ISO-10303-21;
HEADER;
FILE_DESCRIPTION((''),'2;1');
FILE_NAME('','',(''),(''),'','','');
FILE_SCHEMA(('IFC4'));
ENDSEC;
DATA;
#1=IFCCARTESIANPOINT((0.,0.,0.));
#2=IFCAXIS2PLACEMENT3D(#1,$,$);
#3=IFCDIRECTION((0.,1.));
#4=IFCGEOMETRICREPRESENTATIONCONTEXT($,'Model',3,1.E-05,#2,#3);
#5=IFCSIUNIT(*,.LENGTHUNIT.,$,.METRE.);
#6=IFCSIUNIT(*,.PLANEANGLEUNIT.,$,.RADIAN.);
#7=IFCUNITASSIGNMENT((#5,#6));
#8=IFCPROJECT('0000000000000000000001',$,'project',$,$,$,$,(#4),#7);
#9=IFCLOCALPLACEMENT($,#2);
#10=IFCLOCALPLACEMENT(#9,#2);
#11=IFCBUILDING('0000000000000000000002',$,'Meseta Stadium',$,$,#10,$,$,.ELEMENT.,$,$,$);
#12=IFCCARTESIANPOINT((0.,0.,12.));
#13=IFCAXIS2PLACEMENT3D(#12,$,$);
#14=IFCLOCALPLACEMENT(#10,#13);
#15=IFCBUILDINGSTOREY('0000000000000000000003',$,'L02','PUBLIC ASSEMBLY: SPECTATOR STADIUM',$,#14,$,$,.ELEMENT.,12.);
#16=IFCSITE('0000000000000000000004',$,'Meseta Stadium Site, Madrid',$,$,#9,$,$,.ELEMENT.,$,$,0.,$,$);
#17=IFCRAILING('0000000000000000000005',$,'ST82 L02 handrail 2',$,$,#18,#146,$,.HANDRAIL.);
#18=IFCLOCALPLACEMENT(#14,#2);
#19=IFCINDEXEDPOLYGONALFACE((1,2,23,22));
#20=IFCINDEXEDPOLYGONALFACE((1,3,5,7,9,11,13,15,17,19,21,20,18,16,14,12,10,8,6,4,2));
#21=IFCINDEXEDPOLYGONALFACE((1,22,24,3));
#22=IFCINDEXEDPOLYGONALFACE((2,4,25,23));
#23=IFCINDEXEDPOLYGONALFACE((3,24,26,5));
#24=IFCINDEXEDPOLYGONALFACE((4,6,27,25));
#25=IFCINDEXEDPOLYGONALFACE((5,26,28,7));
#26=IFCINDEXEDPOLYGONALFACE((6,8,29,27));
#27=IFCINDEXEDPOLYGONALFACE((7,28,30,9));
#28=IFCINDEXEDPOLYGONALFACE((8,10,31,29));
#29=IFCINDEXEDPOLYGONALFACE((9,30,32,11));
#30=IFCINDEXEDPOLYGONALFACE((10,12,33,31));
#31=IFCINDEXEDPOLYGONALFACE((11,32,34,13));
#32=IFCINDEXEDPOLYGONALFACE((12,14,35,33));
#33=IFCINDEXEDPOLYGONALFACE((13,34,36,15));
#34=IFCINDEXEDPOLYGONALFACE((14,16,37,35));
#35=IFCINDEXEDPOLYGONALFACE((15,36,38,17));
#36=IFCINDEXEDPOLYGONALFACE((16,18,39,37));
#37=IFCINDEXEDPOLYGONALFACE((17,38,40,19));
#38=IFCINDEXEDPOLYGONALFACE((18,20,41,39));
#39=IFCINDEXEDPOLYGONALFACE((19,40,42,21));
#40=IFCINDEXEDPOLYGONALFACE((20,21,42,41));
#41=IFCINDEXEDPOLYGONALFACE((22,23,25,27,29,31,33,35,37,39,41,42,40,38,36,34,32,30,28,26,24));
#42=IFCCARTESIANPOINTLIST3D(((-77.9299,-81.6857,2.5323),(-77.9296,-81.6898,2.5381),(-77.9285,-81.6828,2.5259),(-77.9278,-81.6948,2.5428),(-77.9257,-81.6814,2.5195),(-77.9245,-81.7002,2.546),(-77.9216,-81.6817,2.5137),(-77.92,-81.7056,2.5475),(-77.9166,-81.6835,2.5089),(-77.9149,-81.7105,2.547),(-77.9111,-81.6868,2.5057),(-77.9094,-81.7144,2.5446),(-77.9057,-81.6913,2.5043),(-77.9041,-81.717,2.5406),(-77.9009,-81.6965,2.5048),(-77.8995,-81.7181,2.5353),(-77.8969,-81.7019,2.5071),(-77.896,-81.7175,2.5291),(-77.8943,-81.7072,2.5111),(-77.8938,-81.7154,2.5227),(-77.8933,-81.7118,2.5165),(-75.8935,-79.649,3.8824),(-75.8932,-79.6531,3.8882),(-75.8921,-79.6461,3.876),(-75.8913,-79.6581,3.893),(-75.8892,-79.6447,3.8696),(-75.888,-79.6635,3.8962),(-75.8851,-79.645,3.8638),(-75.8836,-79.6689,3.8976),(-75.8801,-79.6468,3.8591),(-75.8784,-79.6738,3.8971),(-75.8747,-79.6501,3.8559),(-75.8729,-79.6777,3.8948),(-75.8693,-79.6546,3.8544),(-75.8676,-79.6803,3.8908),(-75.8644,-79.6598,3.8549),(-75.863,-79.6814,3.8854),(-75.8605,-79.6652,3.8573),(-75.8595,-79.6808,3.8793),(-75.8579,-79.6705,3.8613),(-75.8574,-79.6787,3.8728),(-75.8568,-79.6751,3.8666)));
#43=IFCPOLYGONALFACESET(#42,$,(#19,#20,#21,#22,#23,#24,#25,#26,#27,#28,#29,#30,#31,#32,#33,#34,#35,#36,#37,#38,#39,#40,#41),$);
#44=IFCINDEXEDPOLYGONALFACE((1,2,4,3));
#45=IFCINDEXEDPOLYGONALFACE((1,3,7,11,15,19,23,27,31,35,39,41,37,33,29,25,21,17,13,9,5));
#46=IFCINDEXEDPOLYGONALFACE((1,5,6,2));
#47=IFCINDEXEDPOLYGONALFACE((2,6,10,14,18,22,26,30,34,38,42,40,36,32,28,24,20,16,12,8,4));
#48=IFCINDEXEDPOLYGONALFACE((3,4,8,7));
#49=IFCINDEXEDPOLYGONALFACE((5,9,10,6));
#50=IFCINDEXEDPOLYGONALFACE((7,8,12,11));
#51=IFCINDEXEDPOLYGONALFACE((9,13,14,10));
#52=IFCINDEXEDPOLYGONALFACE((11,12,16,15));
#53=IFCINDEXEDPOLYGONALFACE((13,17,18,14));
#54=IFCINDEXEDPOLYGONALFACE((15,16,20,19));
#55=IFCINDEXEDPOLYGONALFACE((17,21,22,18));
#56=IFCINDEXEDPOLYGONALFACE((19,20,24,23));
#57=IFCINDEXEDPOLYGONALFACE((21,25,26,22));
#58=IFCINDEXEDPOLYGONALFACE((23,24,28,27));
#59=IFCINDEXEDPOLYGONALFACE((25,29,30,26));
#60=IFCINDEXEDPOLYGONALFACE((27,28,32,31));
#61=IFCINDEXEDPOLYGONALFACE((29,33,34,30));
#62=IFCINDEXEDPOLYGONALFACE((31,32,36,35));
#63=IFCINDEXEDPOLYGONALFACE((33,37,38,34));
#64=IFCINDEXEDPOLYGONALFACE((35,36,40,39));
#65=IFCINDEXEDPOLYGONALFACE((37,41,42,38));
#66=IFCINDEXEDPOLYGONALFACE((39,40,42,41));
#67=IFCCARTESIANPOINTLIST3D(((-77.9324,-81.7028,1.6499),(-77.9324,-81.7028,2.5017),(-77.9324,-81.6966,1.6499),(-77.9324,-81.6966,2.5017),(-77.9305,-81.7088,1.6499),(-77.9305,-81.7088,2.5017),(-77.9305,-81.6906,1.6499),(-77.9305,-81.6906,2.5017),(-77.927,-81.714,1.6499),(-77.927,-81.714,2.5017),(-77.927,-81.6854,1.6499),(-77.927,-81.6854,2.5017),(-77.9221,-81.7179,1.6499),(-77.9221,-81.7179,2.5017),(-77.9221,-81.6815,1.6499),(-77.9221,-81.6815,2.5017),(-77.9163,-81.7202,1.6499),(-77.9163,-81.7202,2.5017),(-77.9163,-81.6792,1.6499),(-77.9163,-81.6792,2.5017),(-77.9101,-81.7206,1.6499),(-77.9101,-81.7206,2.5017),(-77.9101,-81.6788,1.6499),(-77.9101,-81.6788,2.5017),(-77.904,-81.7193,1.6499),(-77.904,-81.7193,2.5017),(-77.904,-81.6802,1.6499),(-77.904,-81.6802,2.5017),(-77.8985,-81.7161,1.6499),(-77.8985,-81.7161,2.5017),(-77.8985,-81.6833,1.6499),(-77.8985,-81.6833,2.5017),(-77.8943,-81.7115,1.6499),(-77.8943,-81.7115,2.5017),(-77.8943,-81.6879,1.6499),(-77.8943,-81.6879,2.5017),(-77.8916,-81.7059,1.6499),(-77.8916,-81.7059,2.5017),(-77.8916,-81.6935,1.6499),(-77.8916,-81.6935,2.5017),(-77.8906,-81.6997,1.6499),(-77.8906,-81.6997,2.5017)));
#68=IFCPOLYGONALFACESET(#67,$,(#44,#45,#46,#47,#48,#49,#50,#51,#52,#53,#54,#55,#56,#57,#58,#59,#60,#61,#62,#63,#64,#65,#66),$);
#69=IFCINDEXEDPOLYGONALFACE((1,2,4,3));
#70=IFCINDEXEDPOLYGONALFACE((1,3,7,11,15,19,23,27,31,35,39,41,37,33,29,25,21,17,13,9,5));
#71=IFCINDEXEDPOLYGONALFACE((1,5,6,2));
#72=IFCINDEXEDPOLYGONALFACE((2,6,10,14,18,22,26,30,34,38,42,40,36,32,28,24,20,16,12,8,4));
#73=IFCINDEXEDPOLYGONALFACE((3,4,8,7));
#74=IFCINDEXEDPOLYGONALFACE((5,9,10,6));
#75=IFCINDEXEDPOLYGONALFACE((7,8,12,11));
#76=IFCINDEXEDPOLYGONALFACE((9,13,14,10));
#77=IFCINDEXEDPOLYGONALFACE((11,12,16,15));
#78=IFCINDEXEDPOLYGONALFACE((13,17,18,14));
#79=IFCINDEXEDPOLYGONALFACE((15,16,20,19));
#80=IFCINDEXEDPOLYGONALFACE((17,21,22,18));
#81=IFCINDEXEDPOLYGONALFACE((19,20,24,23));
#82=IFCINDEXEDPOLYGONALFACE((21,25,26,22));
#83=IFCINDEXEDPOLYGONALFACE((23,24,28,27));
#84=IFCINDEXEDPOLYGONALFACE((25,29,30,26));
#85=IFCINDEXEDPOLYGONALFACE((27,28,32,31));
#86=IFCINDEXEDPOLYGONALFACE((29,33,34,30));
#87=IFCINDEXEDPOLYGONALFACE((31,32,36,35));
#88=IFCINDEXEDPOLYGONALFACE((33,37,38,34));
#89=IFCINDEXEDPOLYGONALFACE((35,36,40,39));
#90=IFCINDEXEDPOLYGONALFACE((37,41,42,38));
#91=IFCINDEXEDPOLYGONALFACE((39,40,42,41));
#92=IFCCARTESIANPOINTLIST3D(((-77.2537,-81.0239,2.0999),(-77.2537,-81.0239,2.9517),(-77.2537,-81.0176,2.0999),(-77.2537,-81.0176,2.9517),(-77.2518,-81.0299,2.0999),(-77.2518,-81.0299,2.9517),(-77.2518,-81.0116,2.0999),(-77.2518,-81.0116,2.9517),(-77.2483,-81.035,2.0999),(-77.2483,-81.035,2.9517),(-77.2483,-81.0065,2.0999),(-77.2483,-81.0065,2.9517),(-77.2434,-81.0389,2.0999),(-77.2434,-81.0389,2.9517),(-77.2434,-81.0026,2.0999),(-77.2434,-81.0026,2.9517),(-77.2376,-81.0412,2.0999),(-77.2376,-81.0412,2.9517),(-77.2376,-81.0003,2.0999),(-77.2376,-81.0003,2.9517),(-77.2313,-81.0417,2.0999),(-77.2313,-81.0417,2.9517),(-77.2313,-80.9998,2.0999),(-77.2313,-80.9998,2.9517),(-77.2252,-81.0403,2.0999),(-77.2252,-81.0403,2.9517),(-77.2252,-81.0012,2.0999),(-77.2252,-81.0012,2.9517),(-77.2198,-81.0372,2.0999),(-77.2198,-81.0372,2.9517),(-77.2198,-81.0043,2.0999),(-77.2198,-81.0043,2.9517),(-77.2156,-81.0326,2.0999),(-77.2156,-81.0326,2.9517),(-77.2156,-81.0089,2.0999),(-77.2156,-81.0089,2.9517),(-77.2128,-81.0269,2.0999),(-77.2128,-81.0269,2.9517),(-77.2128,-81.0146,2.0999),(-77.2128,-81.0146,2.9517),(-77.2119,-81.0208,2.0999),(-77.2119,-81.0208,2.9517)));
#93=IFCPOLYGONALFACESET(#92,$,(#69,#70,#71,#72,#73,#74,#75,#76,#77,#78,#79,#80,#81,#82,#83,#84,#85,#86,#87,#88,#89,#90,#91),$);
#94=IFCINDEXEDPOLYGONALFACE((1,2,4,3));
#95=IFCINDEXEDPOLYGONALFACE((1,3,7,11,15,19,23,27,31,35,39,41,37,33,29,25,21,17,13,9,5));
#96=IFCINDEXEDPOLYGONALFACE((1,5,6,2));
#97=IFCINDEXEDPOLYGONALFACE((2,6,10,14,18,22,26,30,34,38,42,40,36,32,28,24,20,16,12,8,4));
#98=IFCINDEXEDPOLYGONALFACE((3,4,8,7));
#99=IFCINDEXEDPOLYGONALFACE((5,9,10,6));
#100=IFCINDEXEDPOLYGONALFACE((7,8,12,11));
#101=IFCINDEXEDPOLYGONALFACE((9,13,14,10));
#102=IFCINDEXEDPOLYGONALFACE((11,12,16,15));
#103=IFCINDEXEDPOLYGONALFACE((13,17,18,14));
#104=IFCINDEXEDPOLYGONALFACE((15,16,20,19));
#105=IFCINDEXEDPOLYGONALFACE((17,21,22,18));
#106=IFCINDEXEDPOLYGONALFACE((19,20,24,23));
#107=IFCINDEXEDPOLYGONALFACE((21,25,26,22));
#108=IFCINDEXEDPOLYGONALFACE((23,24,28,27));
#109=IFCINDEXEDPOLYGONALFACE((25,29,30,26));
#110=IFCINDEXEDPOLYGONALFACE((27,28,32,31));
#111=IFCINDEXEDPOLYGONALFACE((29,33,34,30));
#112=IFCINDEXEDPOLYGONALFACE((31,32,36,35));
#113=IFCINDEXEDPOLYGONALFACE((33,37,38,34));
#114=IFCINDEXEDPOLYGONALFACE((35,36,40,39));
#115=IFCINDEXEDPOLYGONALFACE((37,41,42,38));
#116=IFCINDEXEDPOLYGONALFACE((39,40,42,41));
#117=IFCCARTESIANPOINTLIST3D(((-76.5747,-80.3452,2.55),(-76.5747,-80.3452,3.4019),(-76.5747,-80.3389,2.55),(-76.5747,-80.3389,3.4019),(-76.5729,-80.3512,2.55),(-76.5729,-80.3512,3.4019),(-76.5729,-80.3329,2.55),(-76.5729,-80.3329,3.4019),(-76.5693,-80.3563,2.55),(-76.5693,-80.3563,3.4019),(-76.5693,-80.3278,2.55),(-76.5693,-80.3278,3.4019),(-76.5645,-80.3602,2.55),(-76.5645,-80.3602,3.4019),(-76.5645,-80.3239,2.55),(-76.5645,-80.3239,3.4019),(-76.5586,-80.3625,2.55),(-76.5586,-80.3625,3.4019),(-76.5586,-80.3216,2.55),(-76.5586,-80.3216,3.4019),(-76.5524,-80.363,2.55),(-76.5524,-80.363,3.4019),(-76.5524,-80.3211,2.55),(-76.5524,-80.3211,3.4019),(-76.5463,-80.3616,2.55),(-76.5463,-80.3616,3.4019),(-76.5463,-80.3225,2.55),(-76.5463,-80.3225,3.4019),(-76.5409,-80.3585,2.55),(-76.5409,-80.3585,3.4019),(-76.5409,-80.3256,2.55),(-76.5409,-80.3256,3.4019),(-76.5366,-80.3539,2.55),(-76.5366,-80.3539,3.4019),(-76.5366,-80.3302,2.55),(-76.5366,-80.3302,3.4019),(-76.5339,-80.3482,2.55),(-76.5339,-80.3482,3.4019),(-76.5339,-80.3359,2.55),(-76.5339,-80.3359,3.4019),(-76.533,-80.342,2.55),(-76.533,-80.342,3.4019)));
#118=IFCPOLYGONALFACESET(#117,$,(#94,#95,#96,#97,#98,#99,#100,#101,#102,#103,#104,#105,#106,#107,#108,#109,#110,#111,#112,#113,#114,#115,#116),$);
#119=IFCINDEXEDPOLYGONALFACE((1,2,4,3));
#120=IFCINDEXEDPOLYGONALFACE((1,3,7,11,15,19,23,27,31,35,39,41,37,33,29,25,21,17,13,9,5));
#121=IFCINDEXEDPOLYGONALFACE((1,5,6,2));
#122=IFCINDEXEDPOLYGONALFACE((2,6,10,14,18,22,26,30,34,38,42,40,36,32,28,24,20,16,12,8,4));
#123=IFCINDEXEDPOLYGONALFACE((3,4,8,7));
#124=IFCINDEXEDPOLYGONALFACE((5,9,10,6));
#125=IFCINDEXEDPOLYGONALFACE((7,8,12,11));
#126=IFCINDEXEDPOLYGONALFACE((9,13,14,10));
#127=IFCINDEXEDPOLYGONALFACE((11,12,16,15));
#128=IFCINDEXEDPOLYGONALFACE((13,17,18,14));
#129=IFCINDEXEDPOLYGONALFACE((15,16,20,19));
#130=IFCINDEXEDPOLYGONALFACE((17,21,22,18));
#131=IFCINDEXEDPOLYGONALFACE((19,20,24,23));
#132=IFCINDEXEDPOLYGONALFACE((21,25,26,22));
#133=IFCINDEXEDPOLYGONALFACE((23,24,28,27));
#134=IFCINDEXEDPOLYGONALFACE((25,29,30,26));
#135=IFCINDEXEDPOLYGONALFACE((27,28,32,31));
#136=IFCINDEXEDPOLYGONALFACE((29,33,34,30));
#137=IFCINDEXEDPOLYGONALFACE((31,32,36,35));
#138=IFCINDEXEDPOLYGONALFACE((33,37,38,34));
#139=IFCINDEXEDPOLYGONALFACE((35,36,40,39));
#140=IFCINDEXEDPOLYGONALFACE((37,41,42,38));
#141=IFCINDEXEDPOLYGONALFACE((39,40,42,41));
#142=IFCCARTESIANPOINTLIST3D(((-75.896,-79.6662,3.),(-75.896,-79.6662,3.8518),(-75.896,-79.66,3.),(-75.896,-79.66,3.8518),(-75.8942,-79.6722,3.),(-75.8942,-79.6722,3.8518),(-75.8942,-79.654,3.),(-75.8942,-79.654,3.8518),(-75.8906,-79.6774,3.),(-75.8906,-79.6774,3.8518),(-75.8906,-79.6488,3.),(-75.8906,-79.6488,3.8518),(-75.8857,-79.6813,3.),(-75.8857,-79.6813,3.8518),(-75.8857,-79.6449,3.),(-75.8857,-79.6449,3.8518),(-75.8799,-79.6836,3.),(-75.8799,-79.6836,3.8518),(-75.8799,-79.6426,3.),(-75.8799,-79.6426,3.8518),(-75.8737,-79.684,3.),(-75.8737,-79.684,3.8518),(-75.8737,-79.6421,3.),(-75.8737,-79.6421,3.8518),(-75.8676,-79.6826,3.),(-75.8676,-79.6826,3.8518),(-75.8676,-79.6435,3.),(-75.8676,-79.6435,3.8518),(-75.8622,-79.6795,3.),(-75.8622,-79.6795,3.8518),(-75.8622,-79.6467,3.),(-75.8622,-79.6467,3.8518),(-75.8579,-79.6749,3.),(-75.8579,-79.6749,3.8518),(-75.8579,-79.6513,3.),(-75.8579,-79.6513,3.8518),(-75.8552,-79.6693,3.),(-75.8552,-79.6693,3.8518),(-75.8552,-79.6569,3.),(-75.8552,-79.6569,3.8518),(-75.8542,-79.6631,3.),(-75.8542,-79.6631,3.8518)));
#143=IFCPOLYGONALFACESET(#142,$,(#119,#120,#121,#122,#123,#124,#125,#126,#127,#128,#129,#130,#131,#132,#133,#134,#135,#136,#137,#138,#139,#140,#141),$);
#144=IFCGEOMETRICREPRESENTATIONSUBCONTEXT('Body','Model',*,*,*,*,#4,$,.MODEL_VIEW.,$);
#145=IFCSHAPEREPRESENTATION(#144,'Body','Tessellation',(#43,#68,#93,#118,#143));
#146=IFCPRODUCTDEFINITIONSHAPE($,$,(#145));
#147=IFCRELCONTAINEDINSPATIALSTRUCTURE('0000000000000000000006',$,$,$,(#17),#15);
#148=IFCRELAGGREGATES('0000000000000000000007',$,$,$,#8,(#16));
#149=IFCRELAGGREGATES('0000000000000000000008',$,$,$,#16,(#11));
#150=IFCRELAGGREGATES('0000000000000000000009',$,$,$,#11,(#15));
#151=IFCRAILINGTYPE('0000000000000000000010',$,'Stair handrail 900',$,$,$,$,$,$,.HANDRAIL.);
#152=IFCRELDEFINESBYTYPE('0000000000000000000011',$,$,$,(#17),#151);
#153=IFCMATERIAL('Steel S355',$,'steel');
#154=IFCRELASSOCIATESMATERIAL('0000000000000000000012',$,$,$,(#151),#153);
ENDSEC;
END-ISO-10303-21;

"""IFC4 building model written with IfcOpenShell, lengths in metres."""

from ifc_helpers import new_model, si_unit, direction, frame, origin, origin_2d, place, context, subcontext, project, spatial, circle, extrude, material, type_object, element, save


model = new_model("IFC4")

# Units and contexts
model_context = context("Model", 3, precision=1e-05, world=origin(), true_north=direction((0.0, 1.0)))
body_context = subcontext(model_context, "Body", "Model", "MODEL_VIEW")
ifc_project = project(units=[si_unit("LENGTHUNIT", "METRE"), si_unit("PLANEANGLEUNIT", "RADIAN")], contexts=[model_context])

# Site, building, storey
site_placement = place(None, origin())
site = spatial("IfcSite", under=ifc_project, at=site_placement, Name="Meseta Stadium Site, Madrid", CompositionType="ELEMENT", RefElevation=0.0)
building_placement = place(site_placement, origin())
building = spatial("IfcBuilding", under=site, at=building_placement, Name="Meseta Stadium", CompositionType="ELEMENT")
storey_placement = place(building_placement, frame((0.0, 0.0, 12.0)))
storey = spatial("IfcBuildingStorey", under=building, at=storey_placement, Name="L02", Description="PUBLIC ASSEMBLY: SPECTATOR STADIUM", CompositionType="ELEMENT", Elevation=12.0)

# Railing
ifc_material_1 = material(Name="Steel S355", Category="steel")
railing_type_1 = type_object("IfcRailingType", Name="Stair handrail 900", PredefinedType="HANDRAIL", material=ifc_material_1)
railing_1_placement = place(storey_placement, frame((-77.9116, -81.6997, 1.6499)))
element("IfcRailing", 1, at=railing_1_placement, inside=storey, type_object=railing_type_1, Name="ST82 L02 handrail 2", PredefinedType="HANDRAIL", context=body_context, shape_type="SweptSolid", body=[
    extrude(circle(Radius=0.0239, at=origin_2d()), frame((0.0, 0.0, 0.876), z_axis=(0.640211, 0.640288, 0.424454), x_axis=(-0.707149, 0.707064, 0.0)), (0.0, 0.0, 1.0), 3.1809),
    extrude(circle(Radius=0.021, at=origin_2d()), origin(), (0.0, 0.0, 1.0), 0.8518),
    extrude(circle(Radius=0.021, at=origin_2d()), frame((0.6787, 0.679, 0.45)), (0.0, 0.0, 1.0), 0.8518),
    extrude(circle(Radius=0.021, at=origin_2d()), frame((1.3577, 1.3577, 0.9001)), (0.0, 0.0, 1.0), 0.8518),
    extrude(circle(Radius=0.021, at=origin_2d()), frame((2.0364, 2.0366, 1.3501)), (0.0, 0.0, 1.0), 0.8518),
])

save(model, "model.ifc")
